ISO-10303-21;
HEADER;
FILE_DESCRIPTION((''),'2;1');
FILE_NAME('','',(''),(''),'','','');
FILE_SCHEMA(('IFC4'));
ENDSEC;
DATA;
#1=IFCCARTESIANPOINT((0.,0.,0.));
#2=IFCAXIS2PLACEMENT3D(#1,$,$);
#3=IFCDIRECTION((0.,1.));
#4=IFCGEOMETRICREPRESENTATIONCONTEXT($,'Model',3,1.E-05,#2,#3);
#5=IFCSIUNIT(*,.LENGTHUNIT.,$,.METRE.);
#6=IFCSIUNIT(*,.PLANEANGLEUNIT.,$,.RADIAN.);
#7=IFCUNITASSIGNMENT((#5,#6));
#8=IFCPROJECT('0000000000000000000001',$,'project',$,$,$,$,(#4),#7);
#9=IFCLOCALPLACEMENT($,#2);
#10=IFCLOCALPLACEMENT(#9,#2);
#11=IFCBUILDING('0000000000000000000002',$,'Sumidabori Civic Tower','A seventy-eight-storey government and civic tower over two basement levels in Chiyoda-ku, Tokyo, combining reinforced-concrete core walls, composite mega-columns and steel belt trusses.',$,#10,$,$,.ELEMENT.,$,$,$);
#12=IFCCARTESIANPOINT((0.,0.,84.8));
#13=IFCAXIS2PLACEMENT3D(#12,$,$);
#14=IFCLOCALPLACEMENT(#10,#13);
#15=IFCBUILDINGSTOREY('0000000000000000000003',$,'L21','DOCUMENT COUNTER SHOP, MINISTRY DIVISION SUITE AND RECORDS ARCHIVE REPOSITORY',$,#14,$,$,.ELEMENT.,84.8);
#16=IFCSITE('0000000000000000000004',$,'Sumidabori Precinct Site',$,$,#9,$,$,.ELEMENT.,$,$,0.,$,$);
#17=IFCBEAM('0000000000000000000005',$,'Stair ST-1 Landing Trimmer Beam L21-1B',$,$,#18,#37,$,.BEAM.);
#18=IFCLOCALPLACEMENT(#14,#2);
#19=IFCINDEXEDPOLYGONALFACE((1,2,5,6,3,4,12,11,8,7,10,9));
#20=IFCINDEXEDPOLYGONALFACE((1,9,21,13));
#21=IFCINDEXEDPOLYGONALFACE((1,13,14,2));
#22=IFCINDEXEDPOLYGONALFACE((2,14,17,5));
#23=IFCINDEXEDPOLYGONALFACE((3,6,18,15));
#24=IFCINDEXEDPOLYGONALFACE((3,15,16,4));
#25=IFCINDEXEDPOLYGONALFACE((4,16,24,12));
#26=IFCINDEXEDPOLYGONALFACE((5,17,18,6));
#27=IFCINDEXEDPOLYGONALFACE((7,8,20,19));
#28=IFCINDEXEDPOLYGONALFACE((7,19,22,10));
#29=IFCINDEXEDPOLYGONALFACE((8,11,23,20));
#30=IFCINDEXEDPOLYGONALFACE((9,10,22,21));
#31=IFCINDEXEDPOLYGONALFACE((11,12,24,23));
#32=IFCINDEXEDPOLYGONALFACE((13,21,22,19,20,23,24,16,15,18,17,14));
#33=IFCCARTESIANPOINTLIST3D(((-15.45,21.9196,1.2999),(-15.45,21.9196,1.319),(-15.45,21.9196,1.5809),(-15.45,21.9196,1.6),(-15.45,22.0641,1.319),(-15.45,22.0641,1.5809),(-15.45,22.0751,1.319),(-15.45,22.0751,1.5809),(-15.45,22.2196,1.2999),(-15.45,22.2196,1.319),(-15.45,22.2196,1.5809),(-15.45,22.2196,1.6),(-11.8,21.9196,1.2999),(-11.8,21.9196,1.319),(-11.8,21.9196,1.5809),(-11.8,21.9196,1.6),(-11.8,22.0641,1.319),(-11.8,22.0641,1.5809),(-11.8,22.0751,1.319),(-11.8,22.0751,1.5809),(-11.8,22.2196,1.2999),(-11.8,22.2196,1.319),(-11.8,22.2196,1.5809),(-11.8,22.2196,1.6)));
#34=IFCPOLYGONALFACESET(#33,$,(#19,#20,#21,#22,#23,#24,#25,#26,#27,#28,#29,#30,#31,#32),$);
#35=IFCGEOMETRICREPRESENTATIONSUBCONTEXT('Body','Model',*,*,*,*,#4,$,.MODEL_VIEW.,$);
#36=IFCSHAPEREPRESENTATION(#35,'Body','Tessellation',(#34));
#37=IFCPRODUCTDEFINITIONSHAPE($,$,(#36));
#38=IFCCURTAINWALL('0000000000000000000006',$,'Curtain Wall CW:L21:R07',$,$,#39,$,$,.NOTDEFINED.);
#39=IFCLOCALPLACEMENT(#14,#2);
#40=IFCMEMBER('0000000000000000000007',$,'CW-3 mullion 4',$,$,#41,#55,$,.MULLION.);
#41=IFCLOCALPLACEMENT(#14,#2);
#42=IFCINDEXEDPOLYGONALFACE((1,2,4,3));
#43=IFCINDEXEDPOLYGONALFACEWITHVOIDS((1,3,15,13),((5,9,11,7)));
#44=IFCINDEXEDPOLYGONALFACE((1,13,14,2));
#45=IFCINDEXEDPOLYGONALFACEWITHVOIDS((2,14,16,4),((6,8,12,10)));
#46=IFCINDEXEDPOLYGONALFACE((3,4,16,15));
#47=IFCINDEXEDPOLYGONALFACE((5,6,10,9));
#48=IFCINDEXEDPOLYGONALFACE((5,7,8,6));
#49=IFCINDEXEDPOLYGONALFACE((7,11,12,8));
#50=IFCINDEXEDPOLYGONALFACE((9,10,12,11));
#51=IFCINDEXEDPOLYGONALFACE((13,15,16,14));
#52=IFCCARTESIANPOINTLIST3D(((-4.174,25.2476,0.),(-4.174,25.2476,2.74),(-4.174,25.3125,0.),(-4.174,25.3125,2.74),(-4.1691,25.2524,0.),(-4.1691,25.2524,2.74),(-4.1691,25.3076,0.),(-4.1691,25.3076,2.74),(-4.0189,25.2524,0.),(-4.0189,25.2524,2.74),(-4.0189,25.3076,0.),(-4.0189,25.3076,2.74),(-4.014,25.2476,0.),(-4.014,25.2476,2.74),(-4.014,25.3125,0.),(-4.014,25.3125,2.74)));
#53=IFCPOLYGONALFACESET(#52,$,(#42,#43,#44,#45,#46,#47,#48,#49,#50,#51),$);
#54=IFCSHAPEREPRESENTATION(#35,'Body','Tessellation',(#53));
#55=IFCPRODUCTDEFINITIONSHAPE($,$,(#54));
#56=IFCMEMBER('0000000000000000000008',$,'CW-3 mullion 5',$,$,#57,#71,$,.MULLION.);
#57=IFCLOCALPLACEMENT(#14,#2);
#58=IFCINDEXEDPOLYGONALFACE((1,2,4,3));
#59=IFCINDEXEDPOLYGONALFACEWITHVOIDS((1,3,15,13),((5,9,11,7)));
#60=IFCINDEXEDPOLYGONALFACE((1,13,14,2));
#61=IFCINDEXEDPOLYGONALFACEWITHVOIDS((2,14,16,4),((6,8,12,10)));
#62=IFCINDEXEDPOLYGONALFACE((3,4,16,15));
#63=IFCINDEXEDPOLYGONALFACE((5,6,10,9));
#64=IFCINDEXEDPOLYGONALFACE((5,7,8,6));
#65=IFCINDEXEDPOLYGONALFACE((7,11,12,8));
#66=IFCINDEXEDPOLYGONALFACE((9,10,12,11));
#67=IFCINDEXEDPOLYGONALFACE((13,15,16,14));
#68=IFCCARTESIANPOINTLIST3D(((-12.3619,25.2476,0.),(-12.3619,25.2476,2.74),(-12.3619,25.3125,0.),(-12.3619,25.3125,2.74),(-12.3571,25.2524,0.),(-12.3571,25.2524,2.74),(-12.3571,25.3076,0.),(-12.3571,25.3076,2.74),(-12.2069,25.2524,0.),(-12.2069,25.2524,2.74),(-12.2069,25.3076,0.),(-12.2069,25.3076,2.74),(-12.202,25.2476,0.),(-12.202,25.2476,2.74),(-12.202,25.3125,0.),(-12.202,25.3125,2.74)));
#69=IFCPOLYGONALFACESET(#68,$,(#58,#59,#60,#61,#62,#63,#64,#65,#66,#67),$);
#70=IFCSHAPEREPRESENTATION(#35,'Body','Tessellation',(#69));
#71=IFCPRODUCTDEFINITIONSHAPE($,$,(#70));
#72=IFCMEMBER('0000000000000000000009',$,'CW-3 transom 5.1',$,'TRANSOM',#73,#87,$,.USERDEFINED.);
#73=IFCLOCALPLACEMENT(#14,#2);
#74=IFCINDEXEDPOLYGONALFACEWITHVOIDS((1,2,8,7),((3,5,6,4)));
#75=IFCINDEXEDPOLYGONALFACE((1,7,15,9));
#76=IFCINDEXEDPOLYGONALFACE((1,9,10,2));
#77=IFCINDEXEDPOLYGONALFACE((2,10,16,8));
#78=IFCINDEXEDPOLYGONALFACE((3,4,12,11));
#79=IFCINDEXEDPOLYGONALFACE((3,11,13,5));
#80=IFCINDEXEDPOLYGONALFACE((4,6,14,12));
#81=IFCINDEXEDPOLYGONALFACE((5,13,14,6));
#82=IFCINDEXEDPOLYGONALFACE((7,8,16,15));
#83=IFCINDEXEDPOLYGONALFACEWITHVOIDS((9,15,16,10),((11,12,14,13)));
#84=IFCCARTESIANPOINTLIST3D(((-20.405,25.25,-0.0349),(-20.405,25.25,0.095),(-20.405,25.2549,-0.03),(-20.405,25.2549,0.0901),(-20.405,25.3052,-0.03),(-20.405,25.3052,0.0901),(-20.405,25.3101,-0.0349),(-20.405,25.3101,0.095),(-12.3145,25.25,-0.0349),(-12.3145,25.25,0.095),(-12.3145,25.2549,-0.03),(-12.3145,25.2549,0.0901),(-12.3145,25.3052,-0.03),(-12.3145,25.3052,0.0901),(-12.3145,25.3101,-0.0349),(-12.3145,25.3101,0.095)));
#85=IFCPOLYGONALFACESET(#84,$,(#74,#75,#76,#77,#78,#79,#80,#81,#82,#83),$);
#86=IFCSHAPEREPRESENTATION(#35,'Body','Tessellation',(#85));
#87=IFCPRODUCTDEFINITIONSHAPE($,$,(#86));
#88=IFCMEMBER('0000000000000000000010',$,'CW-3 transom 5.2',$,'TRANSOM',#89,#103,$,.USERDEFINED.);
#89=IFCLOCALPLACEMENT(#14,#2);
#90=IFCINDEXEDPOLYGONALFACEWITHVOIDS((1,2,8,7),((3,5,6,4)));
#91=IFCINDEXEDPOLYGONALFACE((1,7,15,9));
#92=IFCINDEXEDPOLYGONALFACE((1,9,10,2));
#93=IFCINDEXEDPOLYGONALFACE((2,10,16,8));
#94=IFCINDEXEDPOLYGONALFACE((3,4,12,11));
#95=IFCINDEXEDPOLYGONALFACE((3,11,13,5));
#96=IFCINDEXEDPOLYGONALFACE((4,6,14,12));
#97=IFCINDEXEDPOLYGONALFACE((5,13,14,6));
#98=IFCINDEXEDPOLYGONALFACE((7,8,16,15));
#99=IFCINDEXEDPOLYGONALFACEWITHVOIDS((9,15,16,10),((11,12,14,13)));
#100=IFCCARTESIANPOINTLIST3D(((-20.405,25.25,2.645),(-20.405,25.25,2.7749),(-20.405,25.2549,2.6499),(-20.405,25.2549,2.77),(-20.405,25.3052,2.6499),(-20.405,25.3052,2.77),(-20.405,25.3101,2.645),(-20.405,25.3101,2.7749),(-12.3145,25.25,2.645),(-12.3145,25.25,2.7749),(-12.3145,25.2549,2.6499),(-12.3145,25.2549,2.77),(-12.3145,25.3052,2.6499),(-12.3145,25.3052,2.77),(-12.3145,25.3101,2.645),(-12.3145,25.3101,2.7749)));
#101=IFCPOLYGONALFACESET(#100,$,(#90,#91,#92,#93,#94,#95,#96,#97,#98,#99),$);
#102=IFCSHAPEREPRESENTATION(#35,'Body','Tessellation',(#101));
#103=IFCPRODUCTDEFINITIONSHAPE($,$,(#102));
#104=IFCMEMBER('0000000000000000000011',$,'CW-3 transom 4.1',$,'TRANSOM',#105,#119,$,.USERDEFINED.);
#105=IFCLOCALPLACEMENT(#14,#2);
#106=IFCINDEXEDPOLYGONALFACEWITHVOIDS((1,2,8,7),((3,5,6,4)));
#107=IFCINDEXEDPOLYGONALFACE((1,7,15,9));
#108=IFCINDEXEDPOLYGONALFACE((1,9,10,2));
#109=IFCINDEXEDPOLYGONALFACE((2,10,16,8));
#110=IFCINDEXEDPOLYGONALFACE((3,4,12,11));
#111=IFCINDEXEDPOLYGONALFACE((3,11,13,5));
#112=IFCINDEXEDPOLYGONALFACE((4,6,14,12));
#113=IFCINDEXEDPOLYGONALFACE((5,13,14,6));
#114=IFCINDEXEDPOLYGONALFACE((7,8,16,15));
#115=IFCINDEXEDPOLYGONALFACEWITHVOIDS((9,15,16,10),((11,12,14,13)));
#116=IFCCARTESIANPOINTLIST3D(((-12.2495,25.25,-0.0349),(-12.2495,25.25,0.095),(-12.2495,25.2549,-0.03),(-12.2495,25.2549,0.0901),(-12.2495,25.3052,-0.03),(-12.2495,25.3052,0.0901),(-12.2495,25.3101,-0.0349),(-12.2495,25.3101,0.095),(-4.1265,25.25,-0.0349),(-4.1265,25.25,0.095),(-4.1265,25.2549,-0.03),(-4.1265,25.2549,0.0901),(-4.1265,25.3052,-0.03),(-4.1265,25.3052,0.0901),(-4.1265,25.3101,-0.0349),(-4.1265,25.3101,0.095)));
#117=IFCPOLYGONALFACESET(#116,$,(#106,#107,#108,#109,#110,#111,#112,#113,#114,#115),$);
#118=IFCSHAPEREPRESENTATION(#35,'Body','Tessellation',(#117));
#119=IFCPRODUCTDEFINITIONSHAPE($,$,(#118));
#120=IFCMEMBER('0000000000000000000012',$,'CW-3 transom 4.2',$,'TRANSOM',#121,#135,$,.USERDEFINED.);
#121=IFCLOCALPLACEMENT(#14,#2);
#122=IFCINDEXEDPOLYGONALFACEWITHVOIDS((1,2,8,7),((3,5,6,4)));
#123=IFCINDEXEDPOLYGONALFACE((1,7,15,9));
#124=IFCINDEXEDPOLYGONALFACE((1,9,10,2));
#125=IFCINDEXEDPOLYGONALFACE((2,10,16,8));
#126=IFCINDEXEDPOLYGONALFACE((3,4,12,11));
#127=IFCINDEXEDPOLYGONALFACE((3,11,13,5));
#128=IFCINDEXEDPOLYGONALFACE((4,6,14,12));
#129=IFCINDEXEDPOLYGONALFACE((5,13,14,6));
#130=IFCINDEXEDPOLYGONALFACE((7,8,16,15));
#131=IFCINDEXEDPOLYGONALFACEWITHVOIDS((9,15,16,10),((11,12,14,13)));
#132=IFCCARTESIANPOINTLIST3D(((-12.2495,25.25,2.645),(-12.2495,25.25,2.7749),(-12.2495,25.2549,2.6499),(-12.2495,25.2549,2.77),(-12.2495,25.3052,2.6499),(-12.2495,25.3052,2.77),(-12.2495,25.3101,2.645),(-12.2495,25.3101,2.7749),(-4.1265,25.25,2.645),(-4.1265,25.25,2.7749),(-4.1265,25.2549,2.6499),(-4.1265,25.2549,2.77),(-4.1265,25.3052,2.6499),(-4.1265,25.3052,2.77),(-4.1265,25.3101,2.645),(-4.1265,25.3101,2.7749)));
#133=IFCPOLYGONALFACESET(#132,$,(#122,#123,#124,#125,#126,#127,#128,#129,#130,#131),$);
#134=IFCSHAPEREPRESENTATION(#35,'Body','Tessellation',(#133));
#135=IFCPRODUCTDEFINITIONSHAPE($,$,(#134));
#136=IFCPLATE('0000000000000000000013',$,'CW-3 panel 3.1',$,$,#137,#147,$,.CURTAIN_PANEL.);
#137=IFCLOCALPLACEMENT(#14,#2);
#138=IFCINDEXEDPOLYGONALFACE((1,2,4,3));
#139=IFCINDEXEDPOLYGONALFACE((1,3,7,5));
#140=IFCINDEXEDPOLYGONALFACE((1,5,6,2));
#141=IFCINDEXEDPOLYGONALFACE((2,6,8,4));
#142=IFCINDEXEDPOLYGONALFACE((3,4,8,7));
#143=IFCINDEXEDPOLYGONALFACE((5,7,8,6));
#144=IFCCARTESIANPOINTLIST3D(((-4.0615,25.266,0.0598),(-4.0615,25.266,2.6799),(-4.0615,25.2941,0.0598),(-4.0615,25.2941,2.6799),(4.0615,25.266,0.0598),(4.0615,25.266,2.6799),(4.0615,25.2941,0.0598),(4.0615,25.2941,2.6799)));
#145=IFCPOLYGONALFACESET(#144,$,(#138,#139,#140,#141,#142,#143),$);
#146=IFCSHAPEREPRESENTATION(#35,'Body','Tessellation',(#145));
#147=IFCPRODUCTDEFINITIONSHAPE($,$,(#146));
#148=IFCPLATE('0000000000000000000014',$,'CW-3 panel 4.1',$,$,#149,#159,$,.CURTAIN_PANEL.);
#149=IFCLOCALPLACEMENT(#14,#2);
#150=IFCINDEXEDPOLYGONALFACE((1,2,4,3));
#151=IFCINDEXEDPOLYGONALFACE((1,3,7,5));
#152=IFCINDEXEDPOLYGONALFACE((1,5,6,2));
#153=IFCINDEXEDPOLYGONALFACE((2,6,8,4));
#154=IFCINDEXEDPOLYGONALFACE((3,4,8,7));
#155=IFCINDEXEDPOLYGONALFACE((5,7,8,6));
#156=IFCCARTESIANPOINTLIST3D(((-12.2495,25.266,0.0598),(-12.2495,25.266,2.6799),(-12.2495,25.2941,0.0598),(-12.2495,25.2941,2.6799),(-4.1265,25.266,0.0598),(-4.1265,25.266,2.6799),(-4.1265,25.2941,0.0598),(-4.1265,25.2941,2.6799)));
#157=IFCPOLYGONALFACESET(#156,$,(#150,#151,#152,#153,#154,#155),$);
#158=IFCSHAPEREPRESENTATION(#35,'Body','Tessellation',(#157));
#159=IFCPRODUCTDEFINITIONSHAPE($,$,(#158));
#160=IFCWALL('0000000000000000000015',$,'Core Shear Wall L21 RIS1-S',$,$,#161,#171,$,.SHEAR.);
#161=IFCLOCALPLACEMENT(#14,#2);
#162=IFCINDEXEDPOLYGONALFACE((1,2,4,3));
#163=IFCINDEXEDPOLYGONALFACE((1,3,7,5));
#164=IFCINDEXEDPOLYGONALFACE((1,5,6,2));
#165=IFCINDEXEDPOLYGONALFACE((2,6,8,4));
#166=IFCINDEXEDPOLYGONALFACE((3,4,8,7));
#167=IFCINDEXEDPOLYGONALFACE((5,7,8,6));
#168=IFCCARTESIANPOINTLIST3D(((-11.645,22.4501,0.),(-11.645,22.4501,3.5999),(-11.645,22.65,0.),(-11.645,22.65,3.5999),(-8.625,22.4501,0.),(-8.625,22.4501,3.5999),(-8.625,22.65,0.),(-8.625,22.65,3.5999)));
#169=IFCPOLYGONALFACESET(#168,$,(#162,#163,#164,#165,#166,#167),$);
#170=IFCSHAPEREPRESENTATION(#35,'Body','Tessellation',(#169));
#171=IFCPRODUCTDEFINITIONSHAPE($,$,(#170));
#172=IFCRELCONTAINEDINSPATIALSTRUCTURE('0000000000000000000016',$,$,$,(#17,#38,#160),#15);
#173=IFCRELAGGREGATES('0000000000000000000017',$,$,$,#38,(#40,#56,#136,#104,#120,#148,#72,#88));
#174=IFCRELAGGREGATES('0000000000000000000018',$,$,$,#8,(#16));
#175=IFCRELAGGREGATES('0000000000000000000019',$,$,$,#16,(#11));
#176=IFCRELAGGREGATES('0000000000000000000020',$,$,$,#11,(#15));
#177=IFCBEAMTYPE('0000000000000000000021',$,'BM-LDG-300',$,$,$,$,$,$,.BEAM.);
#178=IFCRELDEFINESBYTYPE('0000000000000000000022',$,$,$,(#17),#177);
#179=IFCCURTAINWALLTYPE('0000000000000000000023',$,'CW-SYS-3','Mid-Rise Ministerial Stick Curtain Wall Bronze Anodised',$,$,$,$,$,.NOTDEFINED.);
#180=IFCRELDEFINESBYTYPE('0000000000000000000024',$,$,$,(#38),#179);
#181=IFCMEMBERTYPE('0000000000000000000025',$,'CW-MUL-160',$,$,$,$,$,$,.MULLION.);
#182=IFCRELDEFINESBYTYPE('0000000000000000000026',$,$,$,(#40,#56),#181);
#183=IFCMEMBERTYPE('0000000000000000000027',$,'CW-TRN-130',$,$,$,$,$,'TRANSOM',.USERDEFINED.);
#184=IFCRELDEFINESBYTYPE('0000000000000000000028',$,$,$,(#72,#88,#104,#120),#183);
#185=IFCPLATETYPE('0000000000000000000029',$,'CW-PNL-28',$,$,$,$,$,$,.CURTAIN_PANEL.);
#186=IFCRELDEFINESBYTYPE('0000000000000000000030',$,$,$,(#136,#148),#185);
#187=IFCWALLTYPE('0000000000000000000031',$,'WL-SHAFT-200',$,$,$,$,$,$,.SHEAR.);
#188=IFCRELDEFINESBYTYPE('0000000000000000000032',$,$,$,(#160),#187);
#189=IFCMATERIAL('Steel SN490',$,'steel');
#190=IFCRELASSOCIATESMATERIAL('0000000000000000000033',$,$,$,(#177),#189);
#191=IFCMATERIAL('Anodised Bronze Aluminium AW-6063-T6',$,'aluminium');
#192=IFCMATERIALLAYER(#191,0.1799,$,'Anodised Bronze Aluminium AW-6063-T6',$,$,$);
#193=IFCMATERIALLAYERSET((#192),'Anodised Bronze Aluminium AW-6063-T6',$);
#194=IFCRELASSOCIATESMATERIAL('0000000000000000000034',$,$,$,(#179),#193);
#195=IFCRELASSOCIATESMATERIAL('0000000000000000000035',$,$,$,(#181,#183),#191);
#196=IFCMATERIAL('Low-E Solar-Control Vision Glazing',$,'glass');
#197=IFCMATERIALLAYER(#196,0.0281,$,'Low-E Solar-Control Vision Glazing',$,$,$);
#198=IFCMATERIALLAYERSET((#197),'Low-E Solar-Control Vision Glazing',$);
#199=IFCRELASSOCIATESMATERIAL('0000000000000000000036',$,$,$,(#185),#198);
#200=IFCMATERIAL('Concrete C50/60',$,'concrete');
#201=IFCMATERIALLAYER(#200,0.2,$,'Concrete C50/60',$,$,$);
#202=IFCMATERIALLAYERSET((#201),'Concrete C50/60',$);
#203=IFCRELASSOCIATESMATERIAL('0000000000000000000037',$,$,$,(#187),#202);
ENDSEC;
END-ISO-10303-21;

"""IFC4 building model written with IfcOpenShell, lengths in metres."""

from ifc_helpers import new_model, si_unit, direction, frame, frame_2d, origin, origin_2d, place, context, subcontext, project, spatial, rectangle, hollow_rectangle, i_section, extrude, source, transform, mapped, material, layer, layer_set, material_profile, profile_set, type_object, element, aggregate, save


model = new_model("IFC4")

# Units and contexts
model_context = context("Model", 3, precision=1e-05, world=origin(), true_north=direction((0.0, 1.0)))
body_context = subcontext(model_context, "Body", "Model", "MODEL_VIEW")
ifc_project = project(units=[si_unit("LENGTHUNIT", "METRE"), si_unit("PLANEANGLEUNIT", "RADIAN")], contexts=[model_context])

# Site, building, storey
site_placement = place(None, origin())
site = spatial("IfcSite", under=ifc_project, at=site_placement, Name="Sumidabori Precinct Site", CompositionType="ELEMENT", RefElevation=0.0)
building_placement = place(site_placement, origin())
building = spatial("IfcBuilding", under=site, at=building_placement, Name="Sumidabori Civic Tower", Description="A seventy-eight-storey government and civic tower over two basement levels in Chiyoda-ku, Tokyo, combining reinforced-concrete core walls, composite mega-columns and steel belt trusses.", CompositionType="ELEMENT")
storey_placement = place(building_placement, frame((0.0, 0.0, 84.8)))
storey = spatial("IfcBuildingStorey", under=building, at=storey_placement, Name="L21", Description="DOCUMENT COUNTER SHOP, MINISTRY DIVISION SUITE AND RECORDS ARCHIVE REPOSITORY", CompositionType="ELEMENT", Elevation=84.8)

# Beam
ifc_material_1 = material(Name="Steel SN490", Category="steel")
ifc_material_profile_1 = material_profile(ifc_material_1, i_section(OverallWidth=0.3, OverallDepth=0.3, WebThickness=0.011, FlangeThickness=0.019, at=origin_2d()), Name="HE 300 B")
ifc_profile_set_1 = profile_set([ifc_material_profile_1], Name="Steel SN490")
beam_type = type_object("IfcBeamType", Name="BM-LDG-300", PredefinedType="BEAM", material=ifc_profile_set_1)
shared_shape_1 = source(origin(), body_context, "Body", "SweptSolid", [
    extrude(i_section(OverallWidth=0.3, OverallDepth=0.3, WebThickness=0.011, FlangeThickness=0.019, at=origin_2d()), origin(), (0.0, 0.0, 1.0), 3.6499),
])
beam_placement = place(storey_placement, frame((-15.45, 22.0696, 1.45), z_axis=(1.0, 0.0, 0.0), x_axis=(0.0, 1.0, 0.0)))
element("IfcBeam", 1, at=beam_placement, inside=storey, type_object=beam_type, Name="Stair ST-1 Landing Trimmer Beam L21-1B", PredefinedType="BEAM", context=body_context, shape_type="MappedRepresentation", body=[
    mapped(shared_shape_1, transform((0.0, 0.0, 0.0), x_axis=(1.0, 0.0, 0.0), y_axis=(0.0, 1.0, 0.0), z_axis=(0.0, 0.0, 1.0), scale=1.0)),
])

# Curtain wall, members, plates
ifc_material_2 = material(Name="Anodised Bronze Aluminium AW-6063-T6", Category="aluminium")
ifc_layer_1 = layer(ifc_material_2, 0.1799, Name="Anodised Bronze Aluminium AW-6063-T6")
ifc_layer_set_1 = layer_set([ifc_layer_1], Name="Anodised Bronze Aluminium AW-6063-T6")
curtain_wall_type = type_object("IfcCurtainWallType", Name="CW-SYS-3", Description="Mid-Rise Ministerial Stick Curtain Wall Bronze Anodised", PredefinedType="NOTDEFINED", material=ifc_layer_set_1)
curtain_wall_placement = place(storey_placement, origin())
curtain_wall = element("IfcCurtainWall", 2, at=curtain_wall_placement, inside=storey, type_object=curtain_wall_type, Name="Curtain Wall CW:L21:R07", PredefinedType="NOTDEFINED")
ifc_material_profile_2 = material_profile(ifc_material_2, hollow_rectangle(XDim=0.0649, YDim=0.1599, WallThickness=0.0049, at=origin_2d()), Name="ALU MULLION 160x65")
ifc_profile_set_2 = profile_set([ifc_material_profile_2], Name="Anodised Bronze Aluminium AW-6063-T6")
member_type_1 = type_object("IfcMemberType", Name="CW-MUL-160", PredefinedType="MULLION", material=ifc_profile_set_2)
shared_shape_2 = source(origin(), body_context, "Body", "SweptSolid", [
    extrude(hollow_rectangle(XDim=0.0649, YDim=0.1599, WallThickness=0.0049, at=origin_2d()), origin(), (0.0, 0.0, 1.0), 2.74),
])
member_1_placement = place(storey_placement, frame((-4.094, 25.28, 0.0), z_axis=(0.0, 0.0, 1.0), x_axis=(0.0, -1.0, 0.0)))
member_1 = element("IfcMember", 3, at=member_1_placement, type_object=member_type_1, Name="CW-3 mullion 4", PredefinedType="MULLION", context=body_context, shape_type="MappedRepresentation", body=[
    mapped(shared_shape_2, transform((0.0, 0.0, 0.0), x_axis=(1.0, 0.0, 0.0), y_axis=(0.0, 1.0, 0.0), z_axis=(0.0, 0.0, 1.0), scale=1.0)),
])
member_2_placement = place(storey_placement, frame((-12.282, 25.28, 0.0), z_axis=(0.0, 0.0, 1.0), x_axis=(0.0, -1.0, 0.0)))
member_2 = element("IfcMember", 4, at=member_2_placement, type_object=member_type_1, Name="CW-3 mullion 5", PredefinedType="MULLION", context=body_context, shape_type="MappedRepresentation", body=[
    mapped(shared_shape_2, transform((0.0, 0.0, 0.0), x_axis=(1.0, 0.0, 0.0), y_axis=(0.0, 1.0, 0.0), z_axis=(0.0, 0.0, 1.0), scale=1.0)),
])
ifc_material_profile_3 = material_profile(ifc_material_2, hollow_rectangle(XDim=0.0601, YDim=0.1299, WallThickness=0.0049, at=origin_2d()), Name="ALU TRANSOM 130x60")
ifc_profile_set_3 = profile_set([ifc_material_profile_3], Name="Anodised Bronze Aluminium AW-6063-T6")
member_type_2 = type_object("IfcMemberType", Name="CW-TRN-130", ElementType="TRANSOM", PredefinedType="USERDEFINED", material=ifc_profile_set_3)
shared_shape_3 = source(origin(), body_context, "Body", "SweptSolid", [
    extrude(hollow_rectangle(XDim=0.0601, YDim=0.1299, WallThickness=0.0049, at=origin_2d()), origin(), (0.0, 0.0, 1.0), 8.0906),
])
member_3_placement = place(storey_placement, frame((-12.3145, 25.28, 0.03), z_axis=(-1.0, 0.0, 0.0), x_axis=(0.0, -1.0, 0.0)))
member_3 = element("IfcMember", 5, at=member_3_placement, type_object=member_type_2, Name="CW-3 transom 5.1", ObjectType="TRANSOM", PredefinedType="USERDEFINED", context=body_context, shape_type="MappedRepresentation", body=[
    mapped(shared_shape_3, transform((0.0, 0.0, 0.0), x_axis=(1.0, 0.0, 0.0), y_axis=(0.0, 1.0, 0.0), z_axis=(0.0, 0.0, 1.0), scale=1.0)),
])
member_4_placement = place(storey_placement, frame((-12.3145, 25.28, 2.71), z_axis=(-1.0, 0.0, 0.0), x_axis=(0.0, -1.0, 0.0)))
member_4 = element("IfcMember", 6, at=member_4_placement, type_object=member_type_2, Name="CW-3 transom 5.2", ObjectType="TRANSOM", PredefinedType="USERDEFINED", context=body_context, shape_type="MappedRepresentation", body=[
    mapped(shared_shape_3, transform((0.0, 0.0, 0.0), x_axis=(1.0, 0.0, 0.0), y_axis=(0.0, 1.0, 0.0), z_axis=(0.0, 0.0, 1.0), scale=1.0)),
])
shared_shape_4 = source(origin(), body_context, "Body", "SweptSolid", [
    extrude(hollow_rectangle(XDim=0.0601, YDim=0.1299, WallThickness=0.0049, at=origin_2d()), origin(), (0.0, 0.0, 1.0), 8.123),
])
member_5_placement = place(storey_placement, frame((-4.1265, 25.28, 0.03), z_axis=(-1.0, 0.0, 0.0), x_axis=(0.0, -1.0, 0.0)))
member_5 = element("IfcMember", 7, at=member_5_placement, type_object=member_type_2, Name="CW-3 transom 4.1", ObjectType="TRANSOM", PredefinedType="USERDEFINED", context=body_context, shape_type="MappedRepresentation", body=[
    mapped(shared_shape_4, transform((0.0, 0.0, 0.0), x_axis=(1.0, 0.0, 0.0), y_axis=(0.0, 1.0, 0.0), z_axis=(0.0, 0.0, 1.0), scale=1.0)),
])
member_6_placement = place(storey_placement, frame((-4.1265, 25.28, 2.71), z_axis=(-1.0, 0.0, 0.0), x_axis=(0.0, -1.0, 0.0)))
member_6 = element("IfcMember", 8, at=member_6_placement, type_object=member_type_2, Name="CW-3 transom 4.2", ObjectType="TRANSOM", PredefinedType="USERDEFINED", context=body_context, shape_type="MappedRepresentation", body=[
    mapped(shared_shape_4, transform((0.0, 0.0, 0.0), x_axis=(1.0, 0.0, 0.0), y_axis=(0.0, 1.0, 0.0), z_axis=(0.0, 0.0, 1.0), scale=1.0)),
])
ifc_material_3 = material(Name="Low-E Solar-Control Vision Glazing", Category="glass")
ifc_layer_2 = layer(ifc_material_3, 0.0281, Name="Low-E Solar-Control Vision Glazing")
ifc_layer_set_2 = layer_set([ifc_layer_2], Name="Low-E Solar-Control Vision Glazing")
plate_type = type_object("IfcPlateType", Name="CW-PNL-28", PredefinedType="CURTAIN_PANEL", material=ifc_layer_set_2)
shared_shape_5 = source(origin(), body_context, "Body", "SweptSolid", [
    extrude(rectangle(XDim=8.123, YDim=0.0281, at=origin_2d()), origin(), (0.0, 0.0, 1.0), 2.6201),
])
plate_1_placement = place(storey_placement, frame((0.0, 25.28, 0.0598), z_axis=(0.0, 0.0, 1.0), x_axis=(-1.0, 0.0, 0.0)))
plate_1 = element("IfcPlate", 9, at=plate_1_placement, type_object=plate_type, Name="CW-3 panel 3.1", PredefinedType="CURTAIN_PANEL", context=body_context, shape_type="MappedRepresentation", body=[
    mapped(shared_shape_5, transform((0.0, 0.0, 0.0), x_axis=(1.0, 0.0, 0.0), y_axis=(0.0, 1.0, 0.0), z_axis=(0.0, 0.0, 1.0), scale=1.0)),
])
plate_2_placement = place(storey_placement, frame((-8.188, 25.28, 0.0598), z_axis=(0.0, 0.0, 1.0), x_axis=(-1.0, 0.0, 0.0)))
plate_2 = element("IfcPlate", 10, at=plate_2_placement, type_object=plate_type, Name="CW-3 panel 4.1", PredefinedType="CURTAIN_PANEL", context=body_context, shape_type="MappedRepresentation", body=[
    mapped(shared_shape_5, transform((0.0, 0.0, 0.0), x_axis=(1.0, 0.0, 0.0), y_axis=(0.0, 1.0, 0.0), z_axis=(0.0, 0.0, 1.0), scale=1.0)),
])
aggregate(curtain_wall, [member_1, member_2, plate_1, member_5, member_6, plate_2, member_3, member_4])

# Wall
ifc_material_4 = material(Name="Concrete C50/60", Category="concrete")
ifc_layer_3 = layer(ifc_material_4, 0.2, Name="Concrete C50/60")
ifc_layer_set_3 = layer_set([ifc_layer_3], Name="Concrete C50/60")
wall_type_1 = type_object("IfcWallType", Name="WL-SHAFT-200", PredefinedType="SHEAR", material=ifc_layer_set_3)
shared_shape_6 = source(origin(), body_context, "Body", "SweptSolid", [
    extrude(rectangle(XDim=3.02, YDim=0.2, at=frame_2d((1.51, 0.0))), origin(), (0.0, 0.0, 1.0), 3.5999),
])
wall_1_placement = place(storey_placement, frame((-11.645, 22.55, 0.0), z_axis=(0.0, 0.0, 1.0), x_axis=(1.0, 0.0, 0.0)))
element("IfcWall", 11, at=wall_1_placement, inside=storey, type_object=wall_type_1, Name="Core Shear Wall L21 RIS1-S", PredefinedType="SHEAR", context=body_context, shape_type="MappedRepresentation", body=[
    mapped(shared_shape_6, transform((0.0, 0.0, 0.0), x_axis=(1.0, 0.0, 0.0), y_axis=(0.0, 1.0, 0.0), z_axis=(0.0, 0.0, 1.0), scale=1.0)),
])

save(model, "model.ifc")
